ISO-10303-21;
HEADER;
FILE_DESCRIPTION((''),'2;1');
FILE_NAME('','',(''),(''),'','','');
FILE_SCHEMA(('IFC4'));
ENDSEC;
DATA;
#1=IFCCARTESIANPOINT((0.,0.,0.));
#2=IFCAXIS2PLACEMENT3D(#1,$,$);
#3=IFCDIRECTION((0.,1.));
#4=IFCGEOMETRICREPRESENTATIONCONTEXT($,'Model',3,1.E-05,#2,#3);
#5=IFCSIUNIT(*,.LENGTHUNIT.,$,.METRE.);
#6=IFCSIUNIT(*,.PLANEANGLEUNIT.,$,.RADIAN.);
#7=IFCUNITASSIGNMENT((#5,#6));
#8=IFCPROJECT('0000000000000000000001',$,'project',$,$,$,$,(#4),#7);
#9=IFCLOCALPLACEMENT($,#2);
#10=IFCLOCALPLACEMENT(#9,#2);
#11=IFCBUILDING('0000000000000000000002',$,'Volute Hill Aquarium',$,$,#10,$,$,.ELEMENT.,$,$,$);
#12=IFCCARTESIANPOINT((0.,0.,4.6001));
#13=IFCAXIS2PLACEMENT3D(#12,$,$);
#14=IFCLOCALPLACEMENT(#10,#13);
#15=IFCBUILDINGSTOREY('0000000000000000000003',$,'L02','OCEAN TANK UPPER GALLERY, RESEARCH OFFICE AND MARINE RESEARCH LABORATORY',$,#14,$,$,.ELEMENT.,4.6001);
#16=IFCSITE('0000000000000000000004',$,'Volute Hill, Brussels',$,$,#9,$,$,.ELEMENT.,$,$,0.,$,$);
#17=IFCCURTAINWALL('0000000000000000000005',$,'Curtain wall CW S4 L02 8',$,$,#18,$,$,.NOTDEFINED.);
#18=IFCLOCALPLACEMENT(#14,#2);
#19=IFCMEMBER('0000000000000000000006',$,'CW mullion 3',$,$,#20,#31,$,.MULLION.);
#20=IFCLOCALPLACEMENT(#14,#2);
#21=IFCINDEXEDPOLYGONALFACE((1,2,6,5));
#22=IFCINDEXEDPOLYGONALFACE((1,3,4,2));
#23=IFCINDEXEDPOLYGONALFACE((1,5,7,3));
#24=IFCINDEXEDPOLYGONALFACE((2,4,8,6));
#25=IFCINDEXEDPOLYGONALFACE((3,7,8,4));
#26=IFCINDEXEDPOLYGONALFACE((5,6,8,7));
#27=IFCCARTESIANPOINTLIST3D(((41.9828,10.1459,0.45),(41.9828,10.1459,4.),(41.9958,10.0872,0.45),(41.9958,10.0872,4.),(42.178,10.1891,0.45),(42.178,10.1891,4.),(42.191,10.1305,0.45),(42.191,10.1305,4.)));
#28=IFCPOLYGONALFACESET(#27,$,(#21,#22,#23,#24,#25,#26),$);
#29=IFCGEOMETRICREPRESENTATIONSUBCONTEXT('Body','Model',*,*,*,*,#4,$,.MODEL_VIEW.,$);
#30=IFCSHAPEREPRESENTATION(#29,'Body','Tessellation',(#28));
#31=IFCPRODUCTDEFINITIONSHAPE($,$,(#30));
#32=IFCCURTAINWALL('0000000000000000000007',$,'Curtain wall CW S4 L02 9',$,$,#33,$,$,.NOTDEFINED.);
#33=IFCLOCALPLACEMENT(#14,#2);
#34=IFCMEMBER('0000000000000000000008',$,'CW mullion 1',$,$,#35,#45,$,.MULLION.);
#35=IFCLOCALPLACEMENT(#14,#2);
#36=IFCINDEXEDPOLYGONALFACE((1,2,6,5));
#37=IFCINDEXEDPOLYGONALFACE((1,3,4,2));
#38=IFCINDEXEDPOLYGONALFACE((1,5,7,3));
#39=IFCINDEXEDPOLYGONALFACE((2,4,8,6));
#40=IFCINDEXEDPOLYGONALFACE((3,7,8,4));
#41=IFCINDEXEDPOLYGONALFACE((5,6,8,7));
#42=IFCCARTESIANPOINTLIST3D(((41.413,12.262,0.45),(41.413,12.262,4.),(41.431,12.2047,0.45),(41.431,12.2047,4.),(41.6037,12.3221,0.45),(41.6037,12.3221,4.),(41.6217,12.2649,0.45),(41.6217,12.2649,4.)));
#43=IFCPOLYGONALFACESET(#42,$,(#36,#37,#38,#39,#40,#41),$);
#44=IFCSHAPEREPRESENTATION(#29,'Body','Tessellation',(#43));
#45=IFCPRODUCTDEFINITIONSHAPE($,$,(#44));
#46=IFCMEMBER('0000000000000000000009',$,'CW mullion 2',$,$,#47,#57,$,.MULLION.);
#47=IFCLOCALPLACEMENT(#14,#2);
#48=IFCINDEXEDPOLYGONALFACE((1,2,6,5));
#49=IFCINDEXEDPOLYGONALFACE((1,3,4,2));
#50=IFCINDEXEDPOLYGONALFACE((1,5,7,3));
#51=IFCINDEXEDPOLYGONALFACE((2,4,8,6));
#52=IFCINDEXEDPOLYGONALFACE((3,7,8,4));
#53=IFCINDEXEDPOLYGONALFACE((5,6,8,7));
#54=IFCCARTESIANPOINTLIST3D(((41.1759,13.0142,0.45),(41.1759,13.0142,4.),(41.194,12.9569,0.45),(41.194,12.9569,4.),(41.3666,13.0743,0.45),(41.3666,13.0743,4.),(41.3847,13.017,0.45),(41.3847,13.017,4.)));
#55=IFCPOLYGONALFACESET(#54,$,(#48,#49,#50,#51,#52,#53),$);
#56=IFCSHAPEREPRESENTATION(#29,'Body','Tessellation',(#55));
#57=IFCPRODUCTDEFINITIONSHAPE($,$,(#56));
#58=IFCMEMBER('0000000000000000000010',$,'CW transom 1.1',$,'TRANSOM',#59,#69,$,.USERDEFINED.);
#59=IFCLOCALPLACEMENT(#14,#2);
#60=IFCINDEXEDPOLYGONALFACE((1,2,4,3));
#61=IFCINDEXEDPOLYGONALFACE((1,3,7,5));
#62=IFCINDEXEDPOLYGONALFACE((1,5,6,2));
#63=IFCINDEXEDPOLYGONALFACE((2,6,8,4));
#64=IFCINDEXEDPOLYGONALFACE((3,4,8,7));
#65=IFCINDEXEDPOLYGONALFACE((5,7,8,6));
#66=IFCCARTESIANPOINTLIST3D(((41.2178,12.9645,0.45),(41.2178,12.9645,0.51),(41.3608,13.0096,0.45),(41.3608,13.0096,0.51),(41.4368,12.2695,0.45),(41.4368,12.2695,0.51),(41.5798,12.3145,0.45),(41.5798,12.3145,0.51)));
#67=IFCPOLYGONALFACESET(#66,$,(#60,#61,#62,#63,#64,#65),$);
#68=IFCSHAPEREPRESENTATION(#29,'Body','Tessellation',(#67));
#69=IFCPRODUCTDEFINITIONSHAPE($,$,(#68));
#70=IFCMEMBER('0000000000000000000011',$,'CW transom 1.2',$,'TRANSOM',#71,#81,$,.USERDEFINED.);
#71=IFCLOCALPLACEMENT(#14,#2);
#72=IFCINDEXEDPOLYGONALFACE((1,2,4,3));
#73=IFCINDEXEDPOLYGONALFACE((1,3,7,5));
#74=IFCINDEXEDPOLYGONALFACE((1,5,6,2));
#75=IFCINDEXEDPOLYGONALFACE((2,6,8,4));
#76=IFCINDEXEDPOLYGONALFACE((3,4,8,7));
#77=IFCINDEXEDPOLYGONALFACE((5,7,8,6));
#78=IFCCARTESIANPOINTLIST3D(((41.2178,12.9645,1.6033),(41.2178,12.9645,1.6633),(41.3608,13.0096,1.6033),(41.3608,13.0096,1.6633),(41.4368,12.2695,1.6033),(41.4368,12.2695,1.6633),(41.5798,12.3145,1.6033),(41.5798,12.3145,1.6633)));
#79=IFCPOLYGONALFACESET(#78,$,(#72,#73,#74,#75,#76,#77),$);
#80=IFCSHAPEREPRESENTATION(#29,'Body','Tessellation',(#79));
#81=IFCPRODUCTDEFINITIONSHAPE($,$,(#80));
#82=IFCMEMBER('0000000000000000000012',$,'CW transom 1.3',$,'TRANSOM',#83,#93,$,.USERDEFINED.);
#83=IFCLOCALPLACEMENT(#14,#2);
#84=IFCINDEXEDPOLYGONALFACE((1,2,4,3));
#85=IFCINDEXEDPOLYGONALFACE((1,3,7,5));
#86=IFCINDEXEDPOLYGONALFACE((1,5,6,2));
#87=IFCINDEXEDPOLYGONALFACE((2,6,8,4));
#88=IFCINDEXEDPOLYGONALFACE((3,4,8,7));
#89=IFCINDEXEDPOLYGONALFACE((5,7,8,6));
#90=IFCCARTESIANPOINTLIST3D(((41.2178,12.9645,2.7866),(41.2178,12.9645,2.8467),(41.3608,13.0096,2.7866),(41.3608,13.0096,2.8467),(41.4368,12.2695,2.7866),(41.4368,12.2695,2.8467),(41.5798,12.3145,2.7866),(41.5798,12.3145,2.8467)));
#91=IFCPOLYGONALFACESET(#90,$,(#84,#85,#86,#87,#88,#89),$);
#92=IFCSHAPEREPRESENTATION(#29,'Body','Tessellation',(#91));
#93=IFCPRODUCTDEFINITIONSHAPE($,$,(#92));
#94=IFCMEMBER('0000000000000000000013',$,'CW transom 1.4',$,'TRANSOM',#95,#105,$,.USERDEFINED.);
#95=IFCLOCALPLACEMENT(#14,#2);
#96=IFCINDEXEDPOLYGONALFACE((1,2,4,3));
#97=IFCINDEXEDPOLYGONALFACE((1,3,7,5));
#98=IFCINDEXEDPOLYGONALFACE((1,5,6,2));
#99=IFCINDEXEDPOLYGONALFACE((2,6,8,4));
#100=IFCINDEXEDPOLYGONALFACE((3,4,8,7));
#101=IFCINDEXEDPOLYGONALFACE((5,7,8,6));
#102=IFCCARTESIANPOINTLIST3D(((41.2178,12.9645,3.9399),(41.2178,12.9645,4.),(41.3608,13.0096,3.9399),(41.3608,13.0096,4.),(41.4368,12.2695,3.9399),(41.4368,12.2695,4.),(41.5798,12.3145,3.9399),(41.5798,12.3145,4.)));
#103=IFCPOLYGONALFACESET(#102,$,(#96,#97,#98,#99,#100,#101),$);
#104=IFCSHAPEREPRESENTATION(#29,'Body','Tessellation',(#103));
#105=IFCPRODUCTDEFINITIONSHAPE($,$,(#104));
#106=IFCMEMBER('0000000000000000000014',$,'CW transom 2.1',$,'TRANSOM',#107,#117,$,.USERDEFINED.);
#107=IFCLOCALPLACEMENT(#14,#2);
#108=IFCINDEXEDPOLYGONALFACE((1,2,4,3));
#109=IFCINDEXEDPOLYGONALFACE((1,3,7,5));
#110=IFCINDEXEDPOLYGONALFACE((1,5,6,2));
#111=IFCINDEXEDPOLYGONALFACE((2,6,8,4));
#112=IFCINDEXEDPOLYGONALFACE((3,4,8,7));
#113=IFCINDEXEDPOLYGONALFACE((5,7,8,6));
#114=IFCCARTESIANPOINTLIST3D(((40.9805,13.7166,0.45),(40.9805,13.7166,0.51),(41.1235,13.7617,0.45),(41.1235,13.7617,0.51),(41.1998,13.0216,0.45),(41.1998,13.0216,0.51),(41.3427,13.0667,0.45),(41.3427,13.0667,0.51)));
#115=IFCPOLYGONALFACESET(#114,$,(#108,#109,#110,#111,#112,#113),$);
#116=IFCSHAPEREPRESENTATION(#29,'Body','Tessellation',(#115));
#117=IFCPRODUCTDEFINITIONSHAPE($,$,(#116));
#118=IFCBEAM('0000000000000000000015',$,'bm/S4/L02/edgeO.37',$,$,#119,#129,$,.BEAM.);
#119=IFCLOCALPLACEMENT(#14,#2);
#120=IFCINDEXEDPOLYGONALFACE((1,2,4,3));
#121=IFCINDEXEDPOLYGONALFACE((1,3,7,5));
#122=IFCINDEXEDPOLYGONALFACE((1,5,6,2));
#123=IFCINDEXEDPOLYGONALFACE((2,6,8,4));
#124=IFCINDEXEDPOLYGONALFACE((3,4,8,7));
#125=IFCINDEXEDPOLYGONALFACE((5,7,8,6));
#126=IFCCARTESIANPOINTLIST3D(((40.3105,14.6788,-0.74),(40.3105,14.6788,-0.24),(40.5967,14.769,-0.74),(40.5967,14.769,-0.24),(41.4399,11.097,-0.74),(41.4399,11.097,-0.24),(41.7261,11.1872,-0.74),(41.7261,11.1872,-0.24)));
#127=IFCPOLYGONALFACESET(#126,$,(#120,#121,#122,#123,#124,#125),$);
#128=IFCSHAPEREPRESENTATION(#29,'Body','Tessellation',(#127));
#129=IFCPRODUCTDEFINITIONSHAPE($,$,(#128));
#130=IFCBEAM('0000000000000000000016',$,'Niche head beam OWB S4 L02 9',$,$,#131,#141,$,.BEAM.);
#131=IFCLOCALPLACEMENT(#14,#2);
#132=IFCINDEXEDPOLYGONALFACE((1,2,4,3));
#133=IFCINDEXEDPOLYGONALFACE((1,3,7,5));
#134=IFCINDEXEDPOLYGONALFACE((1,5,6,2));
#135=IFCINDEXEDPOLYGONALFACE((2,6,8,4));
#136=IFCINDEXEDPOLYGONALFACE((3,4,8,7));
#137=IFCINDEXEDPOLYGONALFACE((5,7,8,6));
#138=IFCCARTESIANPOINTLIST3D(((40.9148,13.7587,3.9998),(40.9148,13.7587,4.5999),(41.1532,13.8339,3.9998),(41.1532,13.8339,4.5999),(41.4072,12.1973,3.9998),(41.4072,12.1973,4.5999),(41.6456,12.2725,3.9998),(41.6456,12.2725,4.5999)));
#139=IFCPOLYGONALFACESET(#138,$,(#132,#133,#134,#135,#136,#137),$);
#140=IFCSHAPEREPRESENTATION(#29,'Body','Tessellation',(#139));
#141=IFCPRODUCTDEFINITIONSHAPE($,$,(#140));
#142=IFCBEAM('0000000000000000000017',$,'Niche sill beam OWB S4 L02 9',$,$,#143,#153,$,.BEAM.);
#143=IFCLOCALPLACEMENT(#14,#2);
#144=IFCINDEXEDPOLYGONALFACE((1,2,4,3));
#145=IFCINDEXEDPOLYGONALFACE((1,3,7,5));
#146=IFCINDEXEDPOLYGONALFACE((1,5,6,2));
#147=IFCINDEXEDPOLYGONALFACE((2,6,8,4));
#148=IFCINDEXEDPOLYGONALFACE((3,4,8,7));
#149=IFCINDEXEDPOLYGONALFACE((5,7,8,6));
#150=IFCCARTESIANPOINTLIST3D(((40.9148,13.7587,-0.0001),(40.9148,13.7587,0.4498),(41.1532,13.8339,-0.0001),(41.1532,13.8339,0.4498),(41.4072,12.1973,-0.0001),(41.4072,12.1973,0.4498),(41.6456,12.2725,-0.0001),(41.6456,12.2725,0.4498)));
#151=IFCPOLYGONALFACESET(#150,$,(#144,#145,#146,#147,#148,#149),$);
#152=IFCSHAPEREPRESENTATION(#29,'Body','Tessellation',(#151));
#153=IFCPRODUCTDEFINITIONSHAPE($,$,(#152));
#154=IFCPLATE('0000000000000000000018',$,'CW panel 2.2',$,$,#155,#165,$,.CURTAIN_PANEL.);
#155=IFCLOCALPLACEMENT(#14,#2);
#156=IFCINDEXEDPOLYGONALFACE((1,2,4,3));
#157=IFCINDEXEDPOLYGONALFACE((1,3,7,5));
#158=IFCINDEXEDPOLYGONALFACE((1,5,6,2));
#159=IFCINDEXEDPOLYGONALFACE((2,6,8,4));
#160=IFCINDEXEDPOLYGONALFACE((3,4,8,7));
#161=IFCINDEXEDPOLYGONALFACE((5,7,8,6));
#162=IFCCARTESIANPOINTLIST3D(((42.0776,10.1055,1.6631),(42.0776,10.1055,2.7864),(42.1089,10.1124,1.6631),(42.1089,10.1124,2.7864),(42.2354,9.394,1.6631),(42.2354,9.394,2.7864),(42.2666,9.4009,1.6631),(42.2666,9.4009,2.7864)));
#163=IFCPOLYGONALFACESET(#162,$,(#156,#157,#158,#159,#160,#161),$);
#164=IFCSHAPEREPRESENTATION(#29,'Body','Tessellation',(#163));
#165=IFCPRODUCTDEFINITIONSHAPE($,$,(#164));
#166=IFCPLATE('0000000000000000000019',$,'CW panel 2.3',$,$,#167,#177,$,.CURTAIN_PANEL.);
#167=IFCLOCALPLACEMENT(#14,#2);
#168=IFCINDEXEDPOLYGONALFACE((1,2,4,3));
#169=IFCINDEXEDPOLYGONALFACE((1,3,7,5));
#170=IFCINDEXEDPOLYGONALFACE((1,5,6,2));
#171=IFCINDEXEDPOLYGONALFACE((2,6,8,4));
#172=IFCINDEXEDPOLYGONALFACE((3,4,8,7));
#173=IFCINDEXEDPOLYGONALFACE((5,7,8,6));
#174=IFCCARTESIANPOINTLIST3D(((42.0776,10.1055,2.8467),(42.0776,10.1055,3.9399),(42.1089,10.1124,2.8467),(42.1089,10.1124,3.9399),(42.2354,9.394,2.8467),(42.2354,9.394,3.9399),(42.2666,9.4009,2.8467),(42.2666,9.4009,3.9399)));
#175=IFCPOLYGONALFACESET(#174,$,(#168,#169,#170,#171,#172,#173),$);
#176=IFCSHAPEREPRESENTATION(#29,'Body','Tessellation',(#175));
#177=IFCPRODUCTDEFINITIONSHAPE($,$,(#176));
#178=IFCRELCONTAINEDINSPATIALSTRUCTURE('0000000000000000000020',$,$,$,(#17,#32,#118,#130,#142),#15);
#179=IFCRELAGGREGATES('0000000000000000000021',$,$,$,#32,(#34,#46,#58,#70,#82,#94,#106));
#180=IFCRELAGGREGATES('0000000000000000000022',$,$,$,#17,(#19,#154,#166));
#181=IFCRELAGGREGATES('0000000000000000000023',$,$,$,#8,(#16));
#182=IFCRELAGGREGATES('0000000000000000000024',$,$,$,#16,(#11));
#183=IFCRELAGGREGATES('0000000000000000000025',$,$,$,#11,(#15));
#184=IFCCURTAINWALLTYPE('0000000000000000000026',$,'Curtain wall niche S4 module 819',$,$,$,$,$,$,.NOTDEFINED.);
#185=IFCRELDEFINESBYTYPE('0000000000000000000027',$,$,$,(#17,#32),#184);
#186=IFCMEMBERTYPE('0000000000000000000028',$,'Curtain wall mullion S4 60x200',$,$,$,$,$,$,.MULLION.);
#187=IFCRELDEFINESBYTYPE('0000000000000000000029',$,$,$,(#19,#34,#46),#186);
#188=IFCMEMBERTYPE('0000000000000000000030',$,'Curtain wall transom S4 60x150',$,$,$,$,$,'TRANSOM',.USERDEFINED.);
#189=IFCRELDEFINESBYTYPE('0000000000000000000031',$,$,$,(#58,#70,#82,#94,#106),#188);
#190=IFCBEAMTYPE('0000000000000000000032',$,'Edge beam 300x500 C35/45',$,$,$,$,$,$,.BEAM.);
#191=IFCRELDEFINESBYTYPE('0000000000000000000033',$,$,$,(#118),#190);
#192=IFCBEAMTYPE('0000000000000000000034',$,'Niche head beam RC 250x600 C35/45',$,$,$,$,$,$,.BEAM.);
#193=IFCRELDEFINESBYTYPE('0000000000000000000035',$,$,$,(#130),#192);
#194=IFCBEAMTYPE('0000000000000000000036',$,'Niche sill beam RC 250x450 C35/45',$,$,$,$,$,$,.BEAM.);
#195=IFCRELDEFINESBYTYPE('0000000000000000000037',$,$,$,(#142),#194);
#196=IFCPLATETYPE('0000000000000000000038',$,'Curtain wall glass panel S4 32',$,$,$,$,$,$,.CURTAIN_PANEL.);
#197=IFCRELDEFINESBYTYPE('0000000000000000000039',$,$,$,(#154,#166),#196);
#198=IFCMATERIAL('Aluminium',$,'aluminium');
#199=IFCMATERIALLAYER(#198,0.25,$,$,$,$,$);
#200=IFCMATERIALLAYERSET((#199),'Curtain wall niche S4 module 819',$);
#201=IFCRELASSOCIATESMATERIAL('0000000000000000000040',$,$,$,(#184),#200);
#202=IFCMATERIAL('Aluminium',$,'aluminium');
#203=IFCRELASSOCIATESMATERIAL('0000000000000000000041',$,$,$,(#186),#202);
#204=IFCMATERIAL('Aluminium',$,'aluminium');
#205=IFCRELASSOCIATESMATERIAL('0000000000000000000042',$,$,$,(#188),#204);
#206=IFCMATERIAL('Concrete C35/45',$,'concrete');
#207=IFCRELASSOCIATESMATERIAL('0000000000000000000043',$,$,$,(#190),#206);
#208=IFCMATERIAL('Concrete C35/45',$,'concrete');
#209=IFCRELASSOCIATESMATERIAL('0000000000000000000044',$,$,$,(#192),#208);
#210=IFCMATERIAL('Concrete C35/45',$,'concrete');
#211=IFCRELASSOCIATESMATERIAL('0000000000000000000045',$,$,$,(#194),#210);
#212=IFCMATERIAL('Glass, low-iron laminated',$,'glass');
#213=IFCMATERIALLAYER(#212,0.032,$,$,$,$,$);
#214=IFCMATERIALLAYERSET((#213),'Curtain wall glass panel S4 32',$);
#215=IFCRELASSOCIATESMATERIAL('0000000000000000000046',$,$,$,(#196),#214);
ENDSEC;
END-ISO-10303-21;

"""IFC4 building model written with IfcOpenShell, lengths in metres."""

from ifc_helpers import new_model, si_unit, direction, frame, origin, origin_2d, place, context, subcontext, project, spatial, rectangle, extrude, material, layer, layer_set, material_profile, profile_set, type_object, element, aggregate, save


model = new_model("IFC4")

# Units and contexts
model_context = context("Model", 3, precision=1e-05, world=origin(), true_north=direction((0.0, 1.0)))
body_context = subcontext(model_context, "Body", "Model", "MODEL_VIEW")
ifc_project = project(units=[si_unit("LENGTHUNIT", "METRE"), si_unit("PLANEANGLEUNIT", "RADIAN")], contexts=[model_context])

# Site, building, storey
site_placement = place(None, origin())
site = spatial("IfcSite", under=ifc_project, at=site_placement, Name="Volute Hill, Brussels", CompositionType="ELEMENT", RefElevation=0.0)
building_placement = place(site_placement, origin())
building = spatial("IfcBuilding", under=site, at=building_placement, Name="Volute Hill Aquarium", CompositionType="ELEMENT")
storey_placement = place(building_placement, frame((0.0, 0.0, 4.6001)))
storey = spatial("IfcBuildingStorey", under=building, at=storey_placement, Name="L02", Description="OCEAN TANK UPPER GALLERY, RESEARCH OFFICE AND MARINE RESEARCH LABORATORY", CompositionType="ELEMENT", Elevation=4.6001)

# Curtain wall, member
ifc_material_1 = material(Name="Aluminium", Category="aluminium")
ifc_layer_1 = layer(ifc_material_1, 0.25)
ifc_layer_set_1 = layer_set([ifc_layer_1], Name="Curtain wall niche S4 module 819")
curtain_wall_type = type_object("IfcCurtainWallType", Name="Curtain wall niche S4 module 819", PredefinedType="NOTDEFINED", material=ifc_layer_set_1)
curtain_wall_1_placement = place(storey_placement, origin())
curtain_wall_1 = element("IfcCurtainWall", 1, at=curtain_wall_1_placement, inside=storey, type_object=curtain_wall_type, Name="Curtain wall CW S4 L02 8", PredefinedType="NOTDEFINED")
ifc_material_2 = material(Name="Aluminium", Category="aluminium")
ifc_material_profile_1 = material_profile(ifc_material_2, rectangle(XDim=0.2, YDim=0.0601, at=origin_2d()), Name="Curtain wall mullion S4 60x200")
ifc_profile_set_1 = profile_set([ifc_material_profile_1], Name="Aluminium")
member_type_1 = type_object("IfcMemberType", Name="Curtain wall mullion S4 60x200", PredefinedType="MULLION", material=ifc_profile_set_1)
member_1_placement = place(storey_placement, frame((42.0869, 10.1382, 0.45), z_axis=(0.0, 0.0, 1.0), x_axis=(-0.976297, -0.216436, 0.0)))
member_1 = element("IfcMember", 2, at=member_1_placement, type_object=member_type_1, Name="CW mullion 3", PredefinedType="MULLION", context=body_context, shape_type="SweptSolid", body=[
    extrude(rectangle(XDim=0.2, YDim=0.0601, at=origin_2d()), origin(), (0.0, 0.0, 1.0), 3.55),
])

# Curtain wall, members
curtain_wall_2_placement = place(storey_placement, origin())
curtain_wall_2 = element("IfcCurtainWall", 3, at=curtain_wall_2_placement, inside=storey, type_object=curtain_wall_type, Name="Curtain wall CW S4 L02 9", PredefinedType="NOTDEFINED")
member_2_placement = place(storey_placement, frame((41.5173, 12.2634, 0.45), z_axis=(0.0, 0.0, 1.0), x_axis=(-0.953716, -0.30071, 0.0)))
member_2 = element("IfcMember", 4, at=member_2_placement, type_object=member_type_1, Name="CW mullion 1", PredefinedType="MULLION", context=body_context, shape_type="SweptSolid", body=[
    extrude(rectangle(XDim=0.2, YDim=0.0601, at=origin_2d()), origin(), (0.0, 0.0, 1.0), 3.55),
])
member_3_placement = place(storey_placement, frame((41.2803, 13.0156, 0.45), z_axis=(0.0, 0.0, 1.0), x_axis=(-0.953716, -0.30071, 0.0)))
member_3 = element("IfcMember", 5, at=member_3_placement, type_object=member_type_1, Name="CW mullion 2", PredefinedType="MULLION", context=body_context, shape_type="SweptSolid", body=[
    extrude(rectangle(XDim=0.2, YDim=0.0601, at=origin_2d()), origin(), (0.0, 0.0, 1.0), 3.55),
])
ifc_material_3 = material(Name="Aluminium", Category="aluminium")
ifc_material_profile_2 = material_profile(ifc_material_3, rectangle(XDim=0.1499, YDim=0.0601, at=origin_2d()), Name="Curtain wall transom S4 60x150")
ifc_profile_set_2 = profile_set([ifc_material_profile_2], Name="Aluminium")
member_type_2 = type_object("IfcMemberType", Name="Curtain wall transom S4 60x150", ElementType="TRANSOM", PredefinedType="USERDEFINED", material=ifc_profile_set_2)
member_4_placement = place(storey_placement, frame((41.5083, 12.292, 0.48), z_axis=(-0.300506, 0.95378, 0.0), x_axis=(-0.95378, -0.300506, 0.0)))
member_4 = element("IfcMember", 6, at=member_4_placement, type_object=member_type_2, Name="CW transom 1.1", ObjectType="TRANSOM", PredefinedType="USERDEFINED", context=body_context, shape_type="SweptSolid", body=[
    extrude(rectangle(XDim=0.1499, YDim=0.0601, at=origin_2d()), origin(), (0.0, 0.0, 1.0), 0.7288),
])
member_5_placement = place(storey_placement, frame((41.5083, 12.292, 1.6333), z_axis=(-0.300506, 0.95378, 0.0), x_axis=(-0.95378, -0.300506, 0.0)))
member_5 = element("IfcMember", 7, at=member_5_placement, type_object=member_type_2, Name="CW transom 1.2", ObjectType="TRANSOM", PredefinedType="USERDEFINED", context=body_context, shape_type="SweptSolid", body=[
    extrude(rectangle(XDim=0.1499, YDim=0.0601, at=origin_2d()), origin(), (0.0, 0.0, 1.0), 0.7288),
])
member_6_placement = place(storey_placement, frame((41.5083, 12.292, 2.8167), z_axis=(-0.300506, 0.95378, 0.0), x_axis=(-0.95378, -0.300506, 0.0)))
member_6 = element("IfcMember", 8, at=member_6_placement, type_object=member_type_2, Name="CW transom 1.3", ObjectType="TRANSOM", PredefinedType="USERDEFINED", context=body_context, shape_type="SweptSolid", body=[
    extrude(rectangle(XDim=0.1499, YDim=0.0601, at=origin_2d()), origin(), (0.0, 0.0, 1.0), 0.7288),
])
member_7_placement = place(storey_placement, frame((41.5083, 12.292, 3.97), z_axis=(-0.300506, 0.95378, 0.0), x_axis=(-0.95378, -0.300506, 0.0)))
member_7 = element("IfcMember", 9, at=member_7_placement, type_object=member_type_2, Name="CW transom 1.4", ObjectType="TRANSOM", PredefinedType="USERDEFINED", context=body_context, shape_type="SweptSolid", body=[
    extrude(rectangle(XDim=0.1499, YDim=0.0601, at=origin_2d()), origin(), (0.0, 0.0, 1.0), 0.7288),
])
member_8_placement = place(storey_placement, frame((41.2712, 13.0442, 0.48), z_axis=(-0.300811, 0.953684, 0.0), x_axis=(-0.953684, -0.300811, 0.0)))
member_8 = element("IfcMember", 10, at=member_8_placement, type_object=member_type_2, Name="CW transom 2.1", ObjectType="TRANSOM", PredefinedType="USERDEFINED", context=body_context, shape_type="SweptSolid", body=[
    extrude(rectangle(XDim=0.1499, YDim=0.0601, at=origin_2d()), origin(), (0.0, 0.0, 1.0), 0.7288),
])

# Beams
ifc_material_4 = material(Name="Concrete C35/45", Category="concrete")
ifc_material_profile_3 = material_profile(ifc_material_4, rectangle(XDim=0.3, YDim=0.5, at=origin_2d()), Name="RC edge beam 300x500")
ifc_profile_set_3 = profile_set([ifc_material_profile_3], Name="Concrete C35/45")
beam_type_1 = type_object("IfcBeamType", Name="Edge beam 300x500 C35/45", PredefinedType="BEAM", material=ifc_profile_set_3)
beam_1_placement = place(storey_placement, frame((41.583, 11.1421, -0.49), z_axis=(-0.300721, 0.953712, 0.0), x_axis=(-0.953712, -0.300721, 0.0)))
element("IfcBeam", 11, at=beam_1_placement, inside=storey, type_object=beam_type_1, Name="bm/S4/L02/edgeO.37", PredefinedType="BEAM", context=body_context, shape_type="SweptSolid", body=[
    extrude(rectangle(XDim=0.3, YDim=0.5, at=origin_2d()), origin(), (0.0, 0.0, 1.0), 3.7556),
])
ifc_material_5 = material(Name="Concrete C35/45", Category="concrete")
ifc_material_profile_4 = material_profile(ifc_material_5, rectangle(XDim=0.25, YDim=0.6001, at=origin_2d()), Name="RC beam 250x600")
ifc_profile_set_4 = profile_set([ifc_material_profile_4], Name="Concrete C35/45")
beam_type_2 = type_object("IfcBeamType", Name="Niche head beam RC 250x600 C35/45", PredefinedType="BEAM", material=ifc_profile_set_4)
beam_2_placement = place(storey_placement, frame((41.5264, 12.2349, 4.2998), z_axis=(-0.300753, 0.953702, 0.0), x_axis=(-0.953702, -0.300753, 0.0)))
element("IfcBeam", 12, at=beam_2_placement, inside=storey, type_object=beam_type_2, Name="Niche head beam OWB S4 L02 9", PredefinedType="BEAM", context=body_context, shape_type="SweptSolid", body=[
    extrude(rectangle(XDim=0.25, YDim=0.6001, at=origin_2d()), origin(), (0.0, 0.0, 1.0), 1.6372),
])
ifc_material_6 = material(Name="Concrete C35/45", Category="concrete")
ifc_material_profile_5 = material_profile(ifc_material_6, rectangle(XDim=0.25, YDim=0.45, at=origin_2d()), Name="RC beam 250x450")
ifc_profile_set_5 = profile_set([ifc_material_profile_5], Name="Concrete C35/45")
beam_type_3 = type_object("IfcBeamType", Name="Niche sill beam RC 250x450 C35/45", PredefinedType="BEAM", material=ifc_profile_set_5)
beam_3_placement = place(storey_placement, frame((41.5264, 12.2349, 0.2249), z_axis=(-0.300753, 0.953702, 0.0), x_axis=(-0.953702, -0.300753, 0.0)))
element("IfcBeam", 13, at=beam_3_placement, inside=storey, type_object=beam_type_3, Name="Niche sill beam OWB S4 L02 9", PredefinedType="BEAM", context=body_context, shape_type="SweptSolid", body=[
    extrude(rectangle(XDim=0.25, YDim=0.45, at=origin_2d()), origin(), (0.0, 0.0, 1.0), 1.6372),
])

# Plates
ifc_material_7 = material(Name="Glass, low-iron laminated", Category="glass")
ifc_layer_2 = layer(ifc_material_7, 0.032)
ifc_layer_set_2 = layer_set([ifc_layer_2], Name="Curtain wall glass panel S4 32")
plate_type_1 = type_object("IfcPlateType", Name="Curtain wall glass panel S4 32", PredefinedType="CURTAIN_PANEL", material=ifc_layer_set_2)
plate_1_placement = place(storey_placement, frame((42.1721, 9.7532, 1.6631), z_axis=(0.0, 0.0, 1.0), x_axis=(-0.216436, 0.976297, 0.0)))
plate_1 = element("IfcPlate", 14, at=plate_1_placement, type_object=plate_type_1, Name="CW panel 2.2", PredefinedType="CURTAIN_PANEL", context=body_context, shape_type="SweptSolid", body=[
    extrude(rectangle(XDim=0.7288, YDim=0.032, at=origin_2d()), origin(), (0.0, 0.0, 1.0), 1.1233),
])
plate_2_placement = place(storey_placement, frame((42.1721, 9.7532, 2.8467), z_axis=(0.0, 0.0, 1.0), x_axis=(-0.216436, 0.976297, 0.0)))
plate_2 = element("IfcPlate", 15, at=plate_2_placement, type_object=plate_type_1, Name="CW panel 2.3", PredefinedType="CURTAIN_PANEL", context=body_context, shape_type="SweptSolid", body=[
    extrude(rectangle(XDim=0.7288, YDim=0.032, at=origin_2d()), origin(), (0.0, 0.0, 1.0), 1.0933),
])
aggregate(curtain_wall_2, [member_2, member_3, member_4, member_5, member_6, member_7, member_8])
aggregate(curtain_wall_1, [member_1, plate_1, plate_2])

save(model, "model.ifc")
